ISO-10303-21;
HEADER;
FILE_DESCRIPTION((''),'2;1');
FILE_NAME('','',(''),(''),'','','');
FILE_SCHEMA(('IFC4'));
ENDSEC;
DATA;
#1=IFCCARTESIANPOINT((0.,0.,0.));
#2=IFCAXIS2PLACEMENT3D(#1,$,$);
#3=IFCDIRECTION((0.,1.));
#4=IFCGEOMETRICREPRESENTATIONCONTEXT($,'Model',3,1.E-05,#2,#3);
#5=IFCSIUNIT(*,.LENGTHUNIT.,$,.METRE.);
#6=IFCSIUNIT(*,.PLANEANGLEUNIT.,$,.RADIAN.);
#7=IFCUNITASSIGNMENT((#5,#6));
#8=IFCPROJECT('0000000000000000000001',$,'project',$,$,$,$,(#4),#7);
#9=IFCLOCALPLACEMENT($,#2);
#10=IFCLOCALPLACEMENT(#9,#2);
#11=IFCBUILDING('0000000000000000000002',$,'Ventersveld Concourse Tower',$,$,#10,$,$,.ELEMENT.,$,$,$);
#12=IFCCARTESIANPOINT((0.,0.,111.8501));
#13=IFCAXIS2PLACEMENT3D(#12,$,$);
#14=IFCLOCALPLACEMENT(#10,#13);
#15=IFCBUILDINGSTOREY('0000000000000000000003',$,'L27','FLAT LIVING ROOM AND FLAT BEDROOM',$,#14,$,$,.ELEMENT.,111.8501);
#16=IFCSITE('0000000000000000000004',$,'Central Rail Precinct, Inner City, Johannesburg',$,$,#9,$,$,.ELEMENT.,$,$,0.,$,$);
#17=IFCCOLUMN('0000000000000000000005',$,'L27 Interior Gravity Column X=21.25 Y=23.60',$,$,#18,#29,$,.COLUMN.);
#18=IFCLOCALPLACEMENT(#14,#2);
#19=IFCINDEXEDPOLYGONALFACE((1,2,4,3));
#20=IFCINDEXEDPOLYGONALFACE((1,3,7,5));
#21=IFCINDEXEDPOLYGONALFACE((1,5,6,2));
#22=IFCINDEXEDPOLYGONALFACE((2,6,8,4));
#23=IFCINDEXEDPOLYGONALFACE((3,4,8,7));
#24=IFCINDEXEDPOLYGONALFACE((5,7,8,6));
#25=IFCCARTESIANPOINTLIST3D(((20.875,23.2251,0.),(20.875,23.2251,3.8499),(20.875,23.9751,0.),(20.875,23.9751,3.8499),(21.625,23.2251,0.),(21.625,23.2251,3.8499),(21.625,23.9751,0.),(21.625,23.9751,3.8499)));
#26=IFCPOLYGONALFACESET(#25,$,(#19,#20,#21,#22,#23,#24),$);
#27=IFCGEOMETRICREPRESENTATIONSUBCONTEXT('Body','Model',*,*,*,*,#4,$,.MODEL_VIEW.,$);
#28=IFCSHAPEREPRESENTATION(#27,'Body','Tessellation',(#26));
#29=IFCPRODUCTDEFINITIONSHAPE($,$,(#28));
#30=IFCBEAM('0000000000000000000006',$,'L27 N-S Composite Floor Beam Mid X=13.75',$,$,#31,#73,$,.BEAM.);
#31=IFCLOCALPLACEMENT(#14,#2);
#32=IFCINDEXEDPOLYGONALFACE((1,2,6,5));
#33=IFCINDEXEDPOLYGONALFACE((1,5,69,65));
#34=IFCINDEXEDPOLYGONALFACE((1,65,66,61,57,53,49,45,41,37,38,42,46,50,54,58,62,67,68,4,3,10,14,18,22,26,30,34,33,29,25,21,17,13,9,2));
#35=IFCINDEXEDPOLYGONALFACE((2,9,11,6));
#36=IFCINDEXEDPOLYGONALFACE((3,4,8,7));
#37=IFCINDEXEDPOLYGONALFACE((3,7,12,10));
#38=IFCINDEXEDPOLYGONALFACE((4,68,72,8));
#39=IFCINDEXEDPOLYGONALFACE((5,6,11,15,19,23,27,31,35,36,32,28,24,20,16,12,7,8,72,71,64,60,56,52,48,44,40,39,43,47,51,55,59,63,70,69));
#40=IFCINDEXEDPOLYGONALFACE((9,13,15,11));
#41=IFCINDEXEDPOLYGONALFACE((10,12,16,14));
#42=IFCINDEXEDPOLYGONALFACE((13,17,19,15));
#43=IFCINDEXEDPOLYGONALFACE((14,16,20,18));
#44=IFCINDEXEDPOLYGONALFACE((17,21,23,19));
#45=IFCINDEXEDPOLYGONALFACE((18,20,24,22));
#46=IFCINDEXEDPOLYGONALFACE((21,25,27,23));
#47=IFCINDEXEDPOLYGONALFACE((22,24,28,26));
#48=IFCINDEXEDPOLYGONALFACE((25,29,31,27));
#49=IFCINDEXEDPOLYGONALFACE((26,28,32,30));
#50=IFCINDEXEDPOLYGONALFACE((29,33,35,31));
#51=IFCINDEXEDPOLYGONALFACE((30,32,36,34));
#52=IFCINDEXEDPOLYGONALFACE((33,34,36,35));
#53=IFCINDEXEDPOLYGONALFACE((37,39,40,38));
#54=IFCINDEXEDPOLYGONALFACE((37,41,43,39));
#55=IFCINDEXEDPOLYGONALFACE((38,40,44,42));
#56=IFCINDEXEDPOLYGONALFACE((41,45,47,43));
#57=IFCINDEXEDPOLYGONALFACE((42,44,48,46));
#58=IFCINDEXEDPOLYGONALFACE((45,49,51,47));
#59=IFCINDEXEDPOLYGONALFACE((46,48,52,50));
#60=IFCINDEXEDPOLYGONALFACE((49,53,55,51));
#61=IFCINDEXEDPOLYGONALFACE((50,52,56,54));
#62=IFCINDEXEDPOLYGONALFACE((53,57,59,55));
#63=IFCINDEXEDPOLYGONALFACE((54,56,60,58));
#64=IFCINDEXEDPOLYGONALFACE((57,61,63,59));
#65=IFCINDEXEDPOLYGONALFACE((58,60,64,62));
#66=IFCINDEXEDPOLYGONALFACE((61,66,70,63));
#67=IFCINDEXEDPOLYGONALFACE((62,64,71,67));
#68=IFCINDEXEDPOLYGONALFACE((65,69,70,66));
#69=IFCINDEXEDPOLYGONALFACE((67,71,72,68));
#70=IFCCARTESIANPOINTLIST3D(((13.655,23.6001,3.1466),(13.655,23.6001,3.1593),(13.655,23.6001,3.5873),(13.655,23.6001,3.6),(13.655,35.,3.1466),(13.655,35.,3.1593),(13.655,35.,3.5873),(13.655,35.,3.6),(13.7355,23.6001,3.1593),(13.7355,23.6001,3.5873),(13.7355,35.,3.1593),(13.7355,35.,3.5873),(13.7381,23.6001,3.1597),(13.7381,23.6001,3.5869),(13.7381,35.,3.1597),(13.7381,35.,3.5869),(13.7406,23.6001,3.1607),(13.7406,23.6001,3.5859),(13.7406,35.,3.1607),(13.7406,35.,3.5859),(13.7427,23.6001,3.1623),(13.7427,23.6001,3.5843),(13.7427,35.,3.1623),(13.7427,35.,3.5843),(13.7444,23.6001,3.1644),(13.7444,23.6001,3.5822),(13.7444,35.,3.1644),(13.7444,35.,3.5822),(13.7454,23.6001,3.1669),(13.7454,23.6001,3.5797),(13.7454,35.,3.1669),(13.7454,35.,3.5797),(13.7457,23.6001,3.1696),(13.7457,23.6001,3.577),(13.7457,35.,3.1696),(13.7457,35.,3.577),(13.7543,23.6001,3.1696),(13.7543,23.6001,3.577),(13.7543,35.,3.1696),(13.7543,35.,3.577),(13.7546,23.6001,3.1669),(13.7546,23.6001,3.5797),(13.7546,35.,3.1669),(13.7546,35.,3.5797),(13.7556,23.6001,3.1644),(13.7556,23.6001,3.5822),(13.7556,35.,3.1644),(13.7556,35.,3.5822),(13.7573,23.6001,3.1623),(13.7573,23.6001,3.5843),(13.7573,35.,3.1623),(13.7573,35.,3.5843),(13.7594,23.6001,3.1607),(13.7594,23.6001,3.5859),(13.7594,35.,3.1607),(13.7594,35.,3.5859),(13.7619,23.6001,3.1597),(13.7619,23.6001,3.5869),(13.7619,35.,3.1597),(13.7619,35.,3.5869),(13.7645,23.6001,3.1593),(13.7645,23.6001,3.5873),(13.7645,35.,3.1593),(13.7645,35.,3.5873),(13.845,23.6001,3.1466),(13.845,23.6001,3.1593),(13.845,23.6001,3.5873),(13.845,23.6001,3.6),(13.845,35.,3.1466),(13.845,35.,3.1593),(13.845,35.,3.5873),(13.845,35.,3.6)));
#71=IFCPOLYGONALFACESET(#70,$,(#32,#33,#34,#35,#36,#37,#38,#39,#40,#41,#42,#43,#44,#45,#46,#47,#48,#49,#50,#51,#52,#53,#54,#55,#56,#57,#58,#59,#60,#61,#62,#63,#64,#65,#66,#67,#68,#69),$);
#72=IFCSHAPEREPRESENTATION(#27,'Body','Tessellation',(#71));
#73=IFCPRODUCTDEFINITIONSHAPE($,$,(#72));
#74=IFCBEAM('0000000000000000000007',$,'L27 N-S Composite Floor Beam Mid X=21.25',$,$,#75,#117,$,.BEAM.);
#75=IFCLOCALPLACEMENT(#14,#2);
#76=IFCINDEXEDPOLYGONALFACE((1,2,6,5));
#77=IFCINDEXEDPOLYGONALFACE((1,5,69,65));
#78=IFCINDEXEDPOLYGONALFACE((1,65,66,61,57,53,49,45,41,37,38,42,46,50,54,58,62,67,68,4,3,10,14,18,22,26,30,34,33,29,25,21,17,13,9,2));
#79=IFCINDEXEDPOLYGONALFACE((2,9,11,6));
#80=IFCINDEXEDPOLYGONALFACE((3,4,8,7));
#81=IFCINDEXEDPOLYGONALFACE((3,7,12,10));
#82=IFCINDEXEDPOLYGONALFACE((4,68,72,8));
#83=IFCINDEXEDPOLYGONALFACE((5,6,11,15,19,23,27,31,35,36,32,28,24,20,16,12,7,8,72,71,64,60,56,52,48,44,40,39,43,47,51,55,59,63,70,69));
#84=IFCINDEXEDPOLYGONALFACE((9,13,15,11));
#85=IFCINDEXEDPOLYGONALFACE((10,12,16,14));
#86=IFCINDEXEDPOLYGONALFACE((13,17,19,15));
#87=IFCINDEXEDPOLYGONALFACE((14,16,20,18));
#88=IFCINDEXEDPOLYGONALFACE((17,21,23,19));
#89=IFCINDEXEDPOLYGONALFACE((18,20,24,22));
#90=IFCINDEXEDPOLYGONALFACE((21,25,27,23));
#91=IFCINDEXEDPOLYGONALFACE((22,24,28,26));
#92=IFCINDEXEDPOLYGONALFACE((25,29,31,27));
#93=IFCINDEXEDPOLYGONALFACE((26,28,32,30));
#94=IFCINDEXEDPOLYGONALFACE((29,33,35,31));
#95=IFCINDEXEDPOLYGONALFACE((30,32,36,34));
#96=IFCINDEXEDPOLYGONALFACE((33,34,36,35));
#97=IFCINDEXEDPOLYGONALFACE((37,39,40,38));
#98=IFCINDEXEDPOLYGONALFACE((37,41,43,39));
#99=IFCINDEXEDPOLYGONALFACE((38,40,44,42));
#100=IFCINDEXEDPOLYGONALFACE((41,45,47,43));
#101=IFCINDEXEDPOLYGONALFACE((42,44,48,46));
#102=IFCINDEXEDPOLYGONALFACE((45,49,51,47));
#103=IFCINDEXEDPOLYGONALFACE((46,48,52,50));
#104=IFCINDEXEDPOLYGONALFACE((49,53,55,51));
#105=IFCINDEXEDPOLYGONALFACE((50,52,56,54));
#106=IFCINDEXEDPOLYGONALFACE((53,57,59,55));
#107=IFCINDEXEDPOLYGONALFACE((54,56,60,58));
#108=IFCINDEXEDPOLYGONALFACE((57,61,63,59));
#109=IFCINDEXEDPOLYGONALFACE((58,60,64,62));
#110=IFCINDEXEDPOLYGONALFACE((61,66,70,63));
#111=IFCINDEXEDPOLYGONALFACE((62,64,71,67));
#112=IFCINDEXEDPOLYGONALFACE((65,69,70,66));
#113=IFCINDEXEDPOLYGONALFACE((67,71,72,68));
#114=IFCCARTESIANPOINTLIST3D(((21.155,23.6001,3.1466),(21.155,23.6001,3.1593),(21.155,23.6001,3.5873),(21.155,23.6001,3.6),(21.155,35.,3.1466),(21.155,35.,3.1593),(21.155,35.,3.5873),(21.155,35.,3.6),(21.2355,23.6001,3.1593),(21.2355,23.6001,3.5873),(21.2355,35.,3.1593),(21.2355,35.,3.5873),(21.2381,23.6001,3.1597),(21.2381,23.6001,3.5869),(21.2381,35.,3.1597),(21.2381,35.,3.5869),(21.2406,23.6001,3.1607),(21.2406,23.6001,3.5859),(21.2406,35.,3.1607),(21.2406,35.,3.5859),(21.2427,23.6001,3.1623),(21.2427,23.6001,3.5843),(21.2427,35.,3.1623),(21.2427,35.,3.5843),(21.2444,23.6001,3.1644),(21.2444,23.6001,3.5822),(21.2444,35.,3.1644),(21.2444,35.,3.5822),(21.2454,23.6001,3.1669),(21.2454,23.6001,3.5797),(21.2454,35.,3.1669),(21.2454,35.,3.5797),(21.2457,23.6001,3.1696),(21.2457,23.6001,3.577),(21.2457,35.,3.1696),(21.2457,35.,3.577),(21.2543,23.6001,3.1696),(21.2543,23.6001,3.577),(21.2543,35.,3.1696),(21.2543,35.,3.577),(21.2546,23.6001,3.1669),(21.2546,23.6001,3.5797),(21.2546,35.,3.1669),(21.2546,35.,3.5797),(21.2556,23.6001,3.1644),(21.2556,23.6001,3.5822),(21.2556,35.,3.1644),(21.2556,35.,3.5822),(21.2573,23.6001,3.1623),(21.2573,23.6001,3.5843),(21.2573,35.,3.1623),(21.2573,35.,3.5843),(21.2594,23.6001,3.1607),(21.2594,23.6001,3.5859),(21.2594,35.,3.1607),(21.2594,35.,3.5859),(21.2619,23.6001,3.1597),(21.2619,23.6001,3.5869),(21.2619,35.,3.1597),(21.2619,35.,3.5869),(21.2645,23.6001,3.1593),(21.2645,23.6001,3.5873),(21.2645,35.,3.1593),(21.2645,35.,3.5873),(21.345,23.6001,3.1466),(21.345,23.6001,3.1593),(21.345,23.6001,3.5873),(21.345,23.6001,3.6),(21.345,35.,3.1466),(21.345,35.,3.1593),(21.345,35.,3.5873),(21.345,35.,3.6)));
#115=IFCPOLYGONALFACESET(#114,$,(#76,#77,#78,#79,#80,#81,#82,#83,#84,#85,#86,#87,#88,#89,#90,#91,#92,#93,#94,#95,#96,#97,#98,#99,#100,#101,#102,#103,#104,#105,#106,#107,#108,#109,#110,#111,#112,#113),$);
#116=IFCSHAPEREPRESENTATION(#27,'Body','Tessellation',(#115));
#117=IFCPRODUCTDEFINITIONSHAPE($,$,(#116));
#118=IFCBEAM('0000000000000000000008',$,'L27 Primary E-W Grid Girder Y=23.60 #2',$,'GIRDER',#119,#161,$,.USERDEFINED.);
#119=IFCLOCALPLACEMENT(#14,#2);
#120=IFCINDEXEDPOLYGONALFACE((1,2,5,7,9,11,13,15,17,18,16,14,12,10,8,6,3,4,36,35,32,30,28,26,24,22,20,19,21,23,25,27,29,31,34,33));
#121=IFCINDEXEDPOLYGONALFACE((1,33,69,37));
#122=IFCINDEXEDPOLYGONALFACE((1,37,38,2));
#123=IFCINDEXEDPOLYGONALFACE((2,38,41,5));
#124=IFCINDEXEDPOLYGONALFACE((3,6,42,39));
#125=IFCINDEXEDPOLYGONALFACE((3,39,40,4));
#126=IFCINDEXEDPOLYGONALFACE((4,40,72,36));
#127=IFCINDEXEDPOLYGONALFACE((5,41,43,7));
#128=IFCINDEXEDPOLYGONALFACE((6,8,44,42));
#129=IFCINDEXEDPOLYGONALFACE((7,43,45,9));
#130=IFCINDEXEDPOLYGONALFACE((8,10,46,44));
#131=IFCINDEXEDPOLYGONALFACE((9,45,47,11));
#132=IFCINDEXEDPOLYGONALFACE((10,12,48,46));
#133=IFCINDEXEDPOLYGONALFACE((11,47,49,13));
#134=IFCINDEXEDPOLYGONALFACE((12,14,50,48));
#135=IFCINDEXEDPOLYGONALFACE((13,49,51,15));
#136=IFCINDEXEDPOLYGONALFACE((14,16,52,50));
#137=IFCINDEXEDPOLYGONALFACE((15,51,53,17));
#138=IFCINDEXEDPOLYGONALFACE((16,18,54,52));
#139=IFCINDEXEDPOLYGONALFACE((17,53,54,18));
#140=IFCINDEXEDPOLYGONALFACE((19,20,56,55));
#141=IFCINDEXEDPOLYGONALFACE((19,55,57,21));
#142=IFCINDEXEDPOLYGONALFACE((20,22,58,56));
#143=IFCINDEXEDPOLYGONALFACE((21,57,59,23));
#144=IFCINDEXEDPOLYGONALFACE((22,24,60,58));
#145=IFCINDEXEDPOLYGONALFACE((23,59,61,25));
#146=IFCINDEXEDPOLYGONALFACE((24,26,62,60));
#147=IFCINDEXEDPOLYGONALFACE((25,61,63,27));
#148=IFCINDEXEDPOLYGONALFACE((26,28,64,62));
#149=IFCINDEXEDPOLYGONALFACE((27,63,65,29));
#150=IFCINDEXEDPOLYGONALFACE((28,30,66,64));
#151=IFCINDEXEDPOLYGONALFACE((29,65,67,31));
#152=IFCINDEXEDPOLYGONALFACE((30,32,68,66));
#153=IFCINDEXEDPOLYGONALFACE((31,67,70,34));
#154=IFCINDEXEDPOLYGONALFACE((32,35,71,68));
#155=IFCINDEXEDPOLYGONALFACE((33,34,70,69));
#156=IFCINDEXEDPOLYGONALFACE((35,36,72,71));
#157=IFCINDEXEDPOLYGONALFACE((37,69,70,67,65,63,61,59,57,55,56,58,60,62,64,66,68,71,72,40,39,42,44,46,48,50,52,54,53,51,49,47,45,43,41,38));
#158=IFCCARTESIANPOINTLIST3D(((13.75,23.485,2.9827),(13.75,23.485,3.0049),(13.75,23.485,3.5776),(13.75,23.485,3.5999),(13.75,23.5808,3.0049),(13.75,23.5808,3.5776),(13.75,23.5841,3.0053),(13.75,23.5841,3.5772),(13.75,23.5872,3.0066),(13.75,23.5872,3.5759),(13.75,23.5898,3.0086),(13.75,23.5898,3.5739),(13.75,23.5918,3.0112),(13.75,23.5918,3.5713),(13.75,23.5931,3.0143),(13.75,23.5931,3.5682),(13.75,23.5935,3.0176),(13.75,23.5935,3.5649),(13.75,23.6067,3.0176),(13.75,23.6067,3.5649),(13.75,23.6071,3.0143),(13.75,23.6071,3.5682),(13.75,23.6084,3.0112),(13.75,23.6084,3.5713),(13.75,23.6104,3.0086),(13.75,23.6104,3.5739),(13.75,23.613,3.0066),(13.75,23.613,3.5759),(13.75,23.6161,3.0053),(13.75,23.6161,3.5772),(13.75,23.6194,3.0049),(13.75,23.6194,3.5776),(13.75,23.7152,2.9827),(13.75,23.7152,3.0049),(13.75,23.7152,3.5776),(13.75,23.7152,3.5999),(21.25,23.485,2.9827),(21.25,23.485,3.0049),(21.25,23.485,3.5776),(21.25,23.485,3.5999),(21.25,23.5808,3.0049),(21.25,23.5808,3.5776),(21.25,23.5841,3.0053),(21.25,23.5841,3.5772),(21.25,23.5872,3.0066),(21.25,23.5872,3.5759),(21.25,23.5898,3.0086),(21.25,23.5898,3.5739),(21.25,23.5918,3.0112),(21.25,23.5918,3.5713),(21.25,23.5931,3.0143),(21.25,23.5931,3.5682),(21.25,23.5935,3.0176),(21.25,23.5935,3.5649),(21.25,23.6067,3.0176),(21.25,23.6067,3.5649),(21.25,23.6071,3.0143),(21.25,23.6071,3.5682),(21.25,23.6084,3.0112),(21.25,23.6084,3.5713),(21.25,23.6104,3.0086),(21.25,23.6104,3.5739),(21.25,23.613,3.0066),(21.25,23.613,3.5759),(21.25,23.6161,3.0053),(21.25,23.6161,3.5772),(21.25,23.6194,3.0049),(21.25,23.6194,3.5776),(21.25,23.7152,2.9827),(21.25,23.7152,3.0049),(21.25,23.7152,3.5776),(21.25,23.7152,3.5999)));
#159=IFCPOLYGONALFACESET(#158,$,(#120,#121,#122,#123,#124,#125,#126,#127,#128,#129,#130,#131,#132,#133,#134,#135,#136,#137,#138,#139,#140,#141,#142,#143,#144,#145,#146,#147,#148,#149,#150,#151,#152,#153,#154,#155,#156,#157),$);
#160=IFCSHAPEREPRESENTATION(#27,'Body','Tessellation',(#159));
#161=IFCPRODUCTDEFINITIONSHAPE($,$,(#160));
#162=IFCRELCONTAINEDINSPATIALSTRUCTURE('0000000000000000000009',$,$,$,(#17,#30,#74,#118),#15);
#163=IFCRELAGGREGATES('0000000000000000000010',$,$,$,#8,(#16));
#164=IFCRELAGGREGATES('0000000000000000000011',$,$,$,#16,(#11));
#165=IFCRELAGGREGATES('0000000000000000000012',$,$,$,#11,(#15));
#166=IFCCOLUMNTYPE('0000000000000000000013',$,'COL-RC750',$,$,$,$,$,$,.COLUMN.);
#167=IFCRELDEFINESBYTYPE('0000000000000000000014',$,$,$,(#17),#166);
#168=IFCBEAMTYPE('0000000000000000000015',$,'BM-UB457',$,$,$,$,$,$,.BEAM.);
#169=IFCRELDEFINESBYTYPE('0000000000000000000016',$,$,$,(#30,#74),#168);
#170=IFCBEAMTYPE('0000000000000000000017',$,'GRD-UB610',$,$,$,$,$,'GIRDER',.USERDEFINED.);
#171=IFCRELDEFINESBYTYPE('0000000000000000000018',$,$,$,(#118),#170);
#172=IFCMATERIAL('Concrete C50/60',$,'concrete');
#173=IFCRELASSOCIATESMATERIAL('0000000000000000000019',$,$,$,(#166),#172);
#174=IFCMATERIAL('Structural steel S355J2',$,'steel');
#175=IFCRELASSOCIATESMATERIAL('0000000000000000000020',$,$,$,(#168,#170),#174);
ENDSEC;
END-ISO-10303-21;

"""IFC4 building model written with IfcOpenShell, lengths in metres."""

from ifc_helpers import new_model, si_unit, direction, frame, origin, origin_2d, place, context, subcontext, project, spatial, rectangle, i_section, extrude, material, material_profile, profile_set, type_object, element, save


model = new_model("IFC4")

# Units and contexts
model_context = context("Model", 3, precision=1e-05, world=origin(), true_north=direction((0.0, 1.0)))
body_context = subcontext(model_context, "Body", "Model", "MODEL_VIEW")
ifc_project = project(units=[si_unit("LENGTHUNIT", "METRE"), si_unit("PLANEANGLEUNIT", "RADIAN")], contexts=[model_context])

# Site, building, storey
site_placement = place(None, origin())
site = spatial("IfcSite", under=ifc_project, at=site_placement, Name="Central Rail Precinct, Inner City, Johannesburg", CompositionType="ELEMENT", RefElevation=0.0)
building_placement = place(site_placement, origin())
building = spatial("IfcBuilding", under=site, at=building_placement, Name="Ventersveld Concourse Tower", CompositionType="ELEMENT")
storey_placement = place(building_placement, frame((0.0, 0.0, 111.8501)))
storey = spatial("IfcBuildingStorey", under=building, at=storey_placement, Name="L27", Description="FLAT LIVING ROOM AND FLAT BEDROOM", CompositionType="ELEMENT", Elevation=111.8501)

# Column
ifc_material_1 = material(Name="Concrete C50/60", Category="concrete")
ifc_material_profile_1 = material_profile(ifc_material_1, rectangle(XDim=0.75, YDim=0.75, at=origin_2d()), Name="RC 750x750")
ifc_profile_set_1 = profile_set([ifc_material_profile_1], Name="Concrete C50/60")
column_type = type_object("IfcColumnType", Name="COL-RC750", PredefinedType="COLUMN", material=ifc_profile_set_1)
column_placement = place(storey_placement, frame((21.25, 23.6001, 0.0), z_axis=(0.0, 0.0, 1.0), x_axis=(1.0, 0.0, 0.0)))
element("IfcColumn", 1, at=column_placement, inside=storey, type_object=column_type, Name="L27 Interior Gravity Column X=21.25 Y=23.60", PredefinedType="COLUMN", context=body_context, shape_type="SweptSolid", body=[
    extrude(rectangle(XDim=0.75, YDim=0.75, at=origin_2d()), origin(), (0.0, 0.0, 1.0), 3.8499),
])

# Beams
ifc_material_2 = material(Name="Structural steel S355J2", Category="steel")
ifc_material_profile_2 = material_profile(ifc_material_2, i_section(OverallWidth=0.1899, OverallDepth=0.4534, WebThickness=0.0085, FlangeThickness=0.0127, FilletRadius=0.0103, at=origin_2d()), Name="UB 457x191x67")
ifc_profile_set_2 = profile_set([ifc_material_profile_2], Name="Structural steel S355J2")
beam_type_1 = type_object("IfcBeamType", Name="BM-UB457", PredefinedType="BEAM", material=ifc_profile_set_2)
for number, where, z_axis, x_axis, name in (
    (2, (13.75, 23.6001, 3.3733), (0.0, 1.0, 0.0), (-1.0, 0.0, 0.0), "L27 N-S Composite Floor Beam Mid X=13.75"),
    (3, (21.25, 23.6001, 3.3733), (0.0, 1.0, 0.0), (-1.0, 0.0, 0.0), "L27 N-S Composite Floor Beam Mid X=21.25"),
):
    element("IfcBeam", number, at=place(storey_placement, frame(where, z_axis=z_axis, x_axis=x_axis)), inside=storey, type_object=beam_type_1, Name=name, PredefinedType="BEAM", context=body_context, shape_type="SweptSolid", body=[
        extrude(i_section(OverallWidth=0.1899, OverallDepth=0.4534, WebThickness=0.0085, FlangeThickness=0.0127, FilletRadius=0.0103, at=origin_2d()), origin(), (0.0, 0.0, 1.0), 11.3999),
    ])
ifc_material_profile_3 = material_profile(ifc_material_2, i_section(OverallWidth=0.2302, OverallDepth=0.6172, WebThickness=0.0132, FlangeThickness=0.0222, FilletRadius=0.0127, at=origin_2d()), Name="UB 610x229x140")
ifc_profile_set_3 = profile_set([ifc_material_profile_3], Name="Structural steel S355J2")
beam_type_2 = type_object("IfcBeamType", Name="GRD-UB610", ElementType="GIRDER", PredefinedType="USERDEFINED", material=ifc_profile_set_3)
for number, where, z_axis, x_axis, name in (
    (4, (13.75, 23.6001, 3.2913), (1.0, 0.0, 0.0), (0.0, 1.0, 0.0), "L27 Primary E-W Grid Girder Y=23.60 #2"),
):
    element("IfcBeam", number, at=place(storey_placement, frame(where, z_axis=z_axis, x_axis=x_axis)), inside=storey, type_object=beam_type_2, Name=name, ObjectType="GIRDER", PredefinedType="USERDEFINED", context=body_context, shape_type="SweptSolid", body=[
        extrude(i_section(OverallWidth=0.2302, OverallDepth=0.6172, WebThickness=0.0132, FlangeThickness=0.0222, FilletRadius=0.0127, at=origin_2d()), origin(), (0.0, 0.0, 1.0), 7.5),
    ])

save(model, "model.ifc")
